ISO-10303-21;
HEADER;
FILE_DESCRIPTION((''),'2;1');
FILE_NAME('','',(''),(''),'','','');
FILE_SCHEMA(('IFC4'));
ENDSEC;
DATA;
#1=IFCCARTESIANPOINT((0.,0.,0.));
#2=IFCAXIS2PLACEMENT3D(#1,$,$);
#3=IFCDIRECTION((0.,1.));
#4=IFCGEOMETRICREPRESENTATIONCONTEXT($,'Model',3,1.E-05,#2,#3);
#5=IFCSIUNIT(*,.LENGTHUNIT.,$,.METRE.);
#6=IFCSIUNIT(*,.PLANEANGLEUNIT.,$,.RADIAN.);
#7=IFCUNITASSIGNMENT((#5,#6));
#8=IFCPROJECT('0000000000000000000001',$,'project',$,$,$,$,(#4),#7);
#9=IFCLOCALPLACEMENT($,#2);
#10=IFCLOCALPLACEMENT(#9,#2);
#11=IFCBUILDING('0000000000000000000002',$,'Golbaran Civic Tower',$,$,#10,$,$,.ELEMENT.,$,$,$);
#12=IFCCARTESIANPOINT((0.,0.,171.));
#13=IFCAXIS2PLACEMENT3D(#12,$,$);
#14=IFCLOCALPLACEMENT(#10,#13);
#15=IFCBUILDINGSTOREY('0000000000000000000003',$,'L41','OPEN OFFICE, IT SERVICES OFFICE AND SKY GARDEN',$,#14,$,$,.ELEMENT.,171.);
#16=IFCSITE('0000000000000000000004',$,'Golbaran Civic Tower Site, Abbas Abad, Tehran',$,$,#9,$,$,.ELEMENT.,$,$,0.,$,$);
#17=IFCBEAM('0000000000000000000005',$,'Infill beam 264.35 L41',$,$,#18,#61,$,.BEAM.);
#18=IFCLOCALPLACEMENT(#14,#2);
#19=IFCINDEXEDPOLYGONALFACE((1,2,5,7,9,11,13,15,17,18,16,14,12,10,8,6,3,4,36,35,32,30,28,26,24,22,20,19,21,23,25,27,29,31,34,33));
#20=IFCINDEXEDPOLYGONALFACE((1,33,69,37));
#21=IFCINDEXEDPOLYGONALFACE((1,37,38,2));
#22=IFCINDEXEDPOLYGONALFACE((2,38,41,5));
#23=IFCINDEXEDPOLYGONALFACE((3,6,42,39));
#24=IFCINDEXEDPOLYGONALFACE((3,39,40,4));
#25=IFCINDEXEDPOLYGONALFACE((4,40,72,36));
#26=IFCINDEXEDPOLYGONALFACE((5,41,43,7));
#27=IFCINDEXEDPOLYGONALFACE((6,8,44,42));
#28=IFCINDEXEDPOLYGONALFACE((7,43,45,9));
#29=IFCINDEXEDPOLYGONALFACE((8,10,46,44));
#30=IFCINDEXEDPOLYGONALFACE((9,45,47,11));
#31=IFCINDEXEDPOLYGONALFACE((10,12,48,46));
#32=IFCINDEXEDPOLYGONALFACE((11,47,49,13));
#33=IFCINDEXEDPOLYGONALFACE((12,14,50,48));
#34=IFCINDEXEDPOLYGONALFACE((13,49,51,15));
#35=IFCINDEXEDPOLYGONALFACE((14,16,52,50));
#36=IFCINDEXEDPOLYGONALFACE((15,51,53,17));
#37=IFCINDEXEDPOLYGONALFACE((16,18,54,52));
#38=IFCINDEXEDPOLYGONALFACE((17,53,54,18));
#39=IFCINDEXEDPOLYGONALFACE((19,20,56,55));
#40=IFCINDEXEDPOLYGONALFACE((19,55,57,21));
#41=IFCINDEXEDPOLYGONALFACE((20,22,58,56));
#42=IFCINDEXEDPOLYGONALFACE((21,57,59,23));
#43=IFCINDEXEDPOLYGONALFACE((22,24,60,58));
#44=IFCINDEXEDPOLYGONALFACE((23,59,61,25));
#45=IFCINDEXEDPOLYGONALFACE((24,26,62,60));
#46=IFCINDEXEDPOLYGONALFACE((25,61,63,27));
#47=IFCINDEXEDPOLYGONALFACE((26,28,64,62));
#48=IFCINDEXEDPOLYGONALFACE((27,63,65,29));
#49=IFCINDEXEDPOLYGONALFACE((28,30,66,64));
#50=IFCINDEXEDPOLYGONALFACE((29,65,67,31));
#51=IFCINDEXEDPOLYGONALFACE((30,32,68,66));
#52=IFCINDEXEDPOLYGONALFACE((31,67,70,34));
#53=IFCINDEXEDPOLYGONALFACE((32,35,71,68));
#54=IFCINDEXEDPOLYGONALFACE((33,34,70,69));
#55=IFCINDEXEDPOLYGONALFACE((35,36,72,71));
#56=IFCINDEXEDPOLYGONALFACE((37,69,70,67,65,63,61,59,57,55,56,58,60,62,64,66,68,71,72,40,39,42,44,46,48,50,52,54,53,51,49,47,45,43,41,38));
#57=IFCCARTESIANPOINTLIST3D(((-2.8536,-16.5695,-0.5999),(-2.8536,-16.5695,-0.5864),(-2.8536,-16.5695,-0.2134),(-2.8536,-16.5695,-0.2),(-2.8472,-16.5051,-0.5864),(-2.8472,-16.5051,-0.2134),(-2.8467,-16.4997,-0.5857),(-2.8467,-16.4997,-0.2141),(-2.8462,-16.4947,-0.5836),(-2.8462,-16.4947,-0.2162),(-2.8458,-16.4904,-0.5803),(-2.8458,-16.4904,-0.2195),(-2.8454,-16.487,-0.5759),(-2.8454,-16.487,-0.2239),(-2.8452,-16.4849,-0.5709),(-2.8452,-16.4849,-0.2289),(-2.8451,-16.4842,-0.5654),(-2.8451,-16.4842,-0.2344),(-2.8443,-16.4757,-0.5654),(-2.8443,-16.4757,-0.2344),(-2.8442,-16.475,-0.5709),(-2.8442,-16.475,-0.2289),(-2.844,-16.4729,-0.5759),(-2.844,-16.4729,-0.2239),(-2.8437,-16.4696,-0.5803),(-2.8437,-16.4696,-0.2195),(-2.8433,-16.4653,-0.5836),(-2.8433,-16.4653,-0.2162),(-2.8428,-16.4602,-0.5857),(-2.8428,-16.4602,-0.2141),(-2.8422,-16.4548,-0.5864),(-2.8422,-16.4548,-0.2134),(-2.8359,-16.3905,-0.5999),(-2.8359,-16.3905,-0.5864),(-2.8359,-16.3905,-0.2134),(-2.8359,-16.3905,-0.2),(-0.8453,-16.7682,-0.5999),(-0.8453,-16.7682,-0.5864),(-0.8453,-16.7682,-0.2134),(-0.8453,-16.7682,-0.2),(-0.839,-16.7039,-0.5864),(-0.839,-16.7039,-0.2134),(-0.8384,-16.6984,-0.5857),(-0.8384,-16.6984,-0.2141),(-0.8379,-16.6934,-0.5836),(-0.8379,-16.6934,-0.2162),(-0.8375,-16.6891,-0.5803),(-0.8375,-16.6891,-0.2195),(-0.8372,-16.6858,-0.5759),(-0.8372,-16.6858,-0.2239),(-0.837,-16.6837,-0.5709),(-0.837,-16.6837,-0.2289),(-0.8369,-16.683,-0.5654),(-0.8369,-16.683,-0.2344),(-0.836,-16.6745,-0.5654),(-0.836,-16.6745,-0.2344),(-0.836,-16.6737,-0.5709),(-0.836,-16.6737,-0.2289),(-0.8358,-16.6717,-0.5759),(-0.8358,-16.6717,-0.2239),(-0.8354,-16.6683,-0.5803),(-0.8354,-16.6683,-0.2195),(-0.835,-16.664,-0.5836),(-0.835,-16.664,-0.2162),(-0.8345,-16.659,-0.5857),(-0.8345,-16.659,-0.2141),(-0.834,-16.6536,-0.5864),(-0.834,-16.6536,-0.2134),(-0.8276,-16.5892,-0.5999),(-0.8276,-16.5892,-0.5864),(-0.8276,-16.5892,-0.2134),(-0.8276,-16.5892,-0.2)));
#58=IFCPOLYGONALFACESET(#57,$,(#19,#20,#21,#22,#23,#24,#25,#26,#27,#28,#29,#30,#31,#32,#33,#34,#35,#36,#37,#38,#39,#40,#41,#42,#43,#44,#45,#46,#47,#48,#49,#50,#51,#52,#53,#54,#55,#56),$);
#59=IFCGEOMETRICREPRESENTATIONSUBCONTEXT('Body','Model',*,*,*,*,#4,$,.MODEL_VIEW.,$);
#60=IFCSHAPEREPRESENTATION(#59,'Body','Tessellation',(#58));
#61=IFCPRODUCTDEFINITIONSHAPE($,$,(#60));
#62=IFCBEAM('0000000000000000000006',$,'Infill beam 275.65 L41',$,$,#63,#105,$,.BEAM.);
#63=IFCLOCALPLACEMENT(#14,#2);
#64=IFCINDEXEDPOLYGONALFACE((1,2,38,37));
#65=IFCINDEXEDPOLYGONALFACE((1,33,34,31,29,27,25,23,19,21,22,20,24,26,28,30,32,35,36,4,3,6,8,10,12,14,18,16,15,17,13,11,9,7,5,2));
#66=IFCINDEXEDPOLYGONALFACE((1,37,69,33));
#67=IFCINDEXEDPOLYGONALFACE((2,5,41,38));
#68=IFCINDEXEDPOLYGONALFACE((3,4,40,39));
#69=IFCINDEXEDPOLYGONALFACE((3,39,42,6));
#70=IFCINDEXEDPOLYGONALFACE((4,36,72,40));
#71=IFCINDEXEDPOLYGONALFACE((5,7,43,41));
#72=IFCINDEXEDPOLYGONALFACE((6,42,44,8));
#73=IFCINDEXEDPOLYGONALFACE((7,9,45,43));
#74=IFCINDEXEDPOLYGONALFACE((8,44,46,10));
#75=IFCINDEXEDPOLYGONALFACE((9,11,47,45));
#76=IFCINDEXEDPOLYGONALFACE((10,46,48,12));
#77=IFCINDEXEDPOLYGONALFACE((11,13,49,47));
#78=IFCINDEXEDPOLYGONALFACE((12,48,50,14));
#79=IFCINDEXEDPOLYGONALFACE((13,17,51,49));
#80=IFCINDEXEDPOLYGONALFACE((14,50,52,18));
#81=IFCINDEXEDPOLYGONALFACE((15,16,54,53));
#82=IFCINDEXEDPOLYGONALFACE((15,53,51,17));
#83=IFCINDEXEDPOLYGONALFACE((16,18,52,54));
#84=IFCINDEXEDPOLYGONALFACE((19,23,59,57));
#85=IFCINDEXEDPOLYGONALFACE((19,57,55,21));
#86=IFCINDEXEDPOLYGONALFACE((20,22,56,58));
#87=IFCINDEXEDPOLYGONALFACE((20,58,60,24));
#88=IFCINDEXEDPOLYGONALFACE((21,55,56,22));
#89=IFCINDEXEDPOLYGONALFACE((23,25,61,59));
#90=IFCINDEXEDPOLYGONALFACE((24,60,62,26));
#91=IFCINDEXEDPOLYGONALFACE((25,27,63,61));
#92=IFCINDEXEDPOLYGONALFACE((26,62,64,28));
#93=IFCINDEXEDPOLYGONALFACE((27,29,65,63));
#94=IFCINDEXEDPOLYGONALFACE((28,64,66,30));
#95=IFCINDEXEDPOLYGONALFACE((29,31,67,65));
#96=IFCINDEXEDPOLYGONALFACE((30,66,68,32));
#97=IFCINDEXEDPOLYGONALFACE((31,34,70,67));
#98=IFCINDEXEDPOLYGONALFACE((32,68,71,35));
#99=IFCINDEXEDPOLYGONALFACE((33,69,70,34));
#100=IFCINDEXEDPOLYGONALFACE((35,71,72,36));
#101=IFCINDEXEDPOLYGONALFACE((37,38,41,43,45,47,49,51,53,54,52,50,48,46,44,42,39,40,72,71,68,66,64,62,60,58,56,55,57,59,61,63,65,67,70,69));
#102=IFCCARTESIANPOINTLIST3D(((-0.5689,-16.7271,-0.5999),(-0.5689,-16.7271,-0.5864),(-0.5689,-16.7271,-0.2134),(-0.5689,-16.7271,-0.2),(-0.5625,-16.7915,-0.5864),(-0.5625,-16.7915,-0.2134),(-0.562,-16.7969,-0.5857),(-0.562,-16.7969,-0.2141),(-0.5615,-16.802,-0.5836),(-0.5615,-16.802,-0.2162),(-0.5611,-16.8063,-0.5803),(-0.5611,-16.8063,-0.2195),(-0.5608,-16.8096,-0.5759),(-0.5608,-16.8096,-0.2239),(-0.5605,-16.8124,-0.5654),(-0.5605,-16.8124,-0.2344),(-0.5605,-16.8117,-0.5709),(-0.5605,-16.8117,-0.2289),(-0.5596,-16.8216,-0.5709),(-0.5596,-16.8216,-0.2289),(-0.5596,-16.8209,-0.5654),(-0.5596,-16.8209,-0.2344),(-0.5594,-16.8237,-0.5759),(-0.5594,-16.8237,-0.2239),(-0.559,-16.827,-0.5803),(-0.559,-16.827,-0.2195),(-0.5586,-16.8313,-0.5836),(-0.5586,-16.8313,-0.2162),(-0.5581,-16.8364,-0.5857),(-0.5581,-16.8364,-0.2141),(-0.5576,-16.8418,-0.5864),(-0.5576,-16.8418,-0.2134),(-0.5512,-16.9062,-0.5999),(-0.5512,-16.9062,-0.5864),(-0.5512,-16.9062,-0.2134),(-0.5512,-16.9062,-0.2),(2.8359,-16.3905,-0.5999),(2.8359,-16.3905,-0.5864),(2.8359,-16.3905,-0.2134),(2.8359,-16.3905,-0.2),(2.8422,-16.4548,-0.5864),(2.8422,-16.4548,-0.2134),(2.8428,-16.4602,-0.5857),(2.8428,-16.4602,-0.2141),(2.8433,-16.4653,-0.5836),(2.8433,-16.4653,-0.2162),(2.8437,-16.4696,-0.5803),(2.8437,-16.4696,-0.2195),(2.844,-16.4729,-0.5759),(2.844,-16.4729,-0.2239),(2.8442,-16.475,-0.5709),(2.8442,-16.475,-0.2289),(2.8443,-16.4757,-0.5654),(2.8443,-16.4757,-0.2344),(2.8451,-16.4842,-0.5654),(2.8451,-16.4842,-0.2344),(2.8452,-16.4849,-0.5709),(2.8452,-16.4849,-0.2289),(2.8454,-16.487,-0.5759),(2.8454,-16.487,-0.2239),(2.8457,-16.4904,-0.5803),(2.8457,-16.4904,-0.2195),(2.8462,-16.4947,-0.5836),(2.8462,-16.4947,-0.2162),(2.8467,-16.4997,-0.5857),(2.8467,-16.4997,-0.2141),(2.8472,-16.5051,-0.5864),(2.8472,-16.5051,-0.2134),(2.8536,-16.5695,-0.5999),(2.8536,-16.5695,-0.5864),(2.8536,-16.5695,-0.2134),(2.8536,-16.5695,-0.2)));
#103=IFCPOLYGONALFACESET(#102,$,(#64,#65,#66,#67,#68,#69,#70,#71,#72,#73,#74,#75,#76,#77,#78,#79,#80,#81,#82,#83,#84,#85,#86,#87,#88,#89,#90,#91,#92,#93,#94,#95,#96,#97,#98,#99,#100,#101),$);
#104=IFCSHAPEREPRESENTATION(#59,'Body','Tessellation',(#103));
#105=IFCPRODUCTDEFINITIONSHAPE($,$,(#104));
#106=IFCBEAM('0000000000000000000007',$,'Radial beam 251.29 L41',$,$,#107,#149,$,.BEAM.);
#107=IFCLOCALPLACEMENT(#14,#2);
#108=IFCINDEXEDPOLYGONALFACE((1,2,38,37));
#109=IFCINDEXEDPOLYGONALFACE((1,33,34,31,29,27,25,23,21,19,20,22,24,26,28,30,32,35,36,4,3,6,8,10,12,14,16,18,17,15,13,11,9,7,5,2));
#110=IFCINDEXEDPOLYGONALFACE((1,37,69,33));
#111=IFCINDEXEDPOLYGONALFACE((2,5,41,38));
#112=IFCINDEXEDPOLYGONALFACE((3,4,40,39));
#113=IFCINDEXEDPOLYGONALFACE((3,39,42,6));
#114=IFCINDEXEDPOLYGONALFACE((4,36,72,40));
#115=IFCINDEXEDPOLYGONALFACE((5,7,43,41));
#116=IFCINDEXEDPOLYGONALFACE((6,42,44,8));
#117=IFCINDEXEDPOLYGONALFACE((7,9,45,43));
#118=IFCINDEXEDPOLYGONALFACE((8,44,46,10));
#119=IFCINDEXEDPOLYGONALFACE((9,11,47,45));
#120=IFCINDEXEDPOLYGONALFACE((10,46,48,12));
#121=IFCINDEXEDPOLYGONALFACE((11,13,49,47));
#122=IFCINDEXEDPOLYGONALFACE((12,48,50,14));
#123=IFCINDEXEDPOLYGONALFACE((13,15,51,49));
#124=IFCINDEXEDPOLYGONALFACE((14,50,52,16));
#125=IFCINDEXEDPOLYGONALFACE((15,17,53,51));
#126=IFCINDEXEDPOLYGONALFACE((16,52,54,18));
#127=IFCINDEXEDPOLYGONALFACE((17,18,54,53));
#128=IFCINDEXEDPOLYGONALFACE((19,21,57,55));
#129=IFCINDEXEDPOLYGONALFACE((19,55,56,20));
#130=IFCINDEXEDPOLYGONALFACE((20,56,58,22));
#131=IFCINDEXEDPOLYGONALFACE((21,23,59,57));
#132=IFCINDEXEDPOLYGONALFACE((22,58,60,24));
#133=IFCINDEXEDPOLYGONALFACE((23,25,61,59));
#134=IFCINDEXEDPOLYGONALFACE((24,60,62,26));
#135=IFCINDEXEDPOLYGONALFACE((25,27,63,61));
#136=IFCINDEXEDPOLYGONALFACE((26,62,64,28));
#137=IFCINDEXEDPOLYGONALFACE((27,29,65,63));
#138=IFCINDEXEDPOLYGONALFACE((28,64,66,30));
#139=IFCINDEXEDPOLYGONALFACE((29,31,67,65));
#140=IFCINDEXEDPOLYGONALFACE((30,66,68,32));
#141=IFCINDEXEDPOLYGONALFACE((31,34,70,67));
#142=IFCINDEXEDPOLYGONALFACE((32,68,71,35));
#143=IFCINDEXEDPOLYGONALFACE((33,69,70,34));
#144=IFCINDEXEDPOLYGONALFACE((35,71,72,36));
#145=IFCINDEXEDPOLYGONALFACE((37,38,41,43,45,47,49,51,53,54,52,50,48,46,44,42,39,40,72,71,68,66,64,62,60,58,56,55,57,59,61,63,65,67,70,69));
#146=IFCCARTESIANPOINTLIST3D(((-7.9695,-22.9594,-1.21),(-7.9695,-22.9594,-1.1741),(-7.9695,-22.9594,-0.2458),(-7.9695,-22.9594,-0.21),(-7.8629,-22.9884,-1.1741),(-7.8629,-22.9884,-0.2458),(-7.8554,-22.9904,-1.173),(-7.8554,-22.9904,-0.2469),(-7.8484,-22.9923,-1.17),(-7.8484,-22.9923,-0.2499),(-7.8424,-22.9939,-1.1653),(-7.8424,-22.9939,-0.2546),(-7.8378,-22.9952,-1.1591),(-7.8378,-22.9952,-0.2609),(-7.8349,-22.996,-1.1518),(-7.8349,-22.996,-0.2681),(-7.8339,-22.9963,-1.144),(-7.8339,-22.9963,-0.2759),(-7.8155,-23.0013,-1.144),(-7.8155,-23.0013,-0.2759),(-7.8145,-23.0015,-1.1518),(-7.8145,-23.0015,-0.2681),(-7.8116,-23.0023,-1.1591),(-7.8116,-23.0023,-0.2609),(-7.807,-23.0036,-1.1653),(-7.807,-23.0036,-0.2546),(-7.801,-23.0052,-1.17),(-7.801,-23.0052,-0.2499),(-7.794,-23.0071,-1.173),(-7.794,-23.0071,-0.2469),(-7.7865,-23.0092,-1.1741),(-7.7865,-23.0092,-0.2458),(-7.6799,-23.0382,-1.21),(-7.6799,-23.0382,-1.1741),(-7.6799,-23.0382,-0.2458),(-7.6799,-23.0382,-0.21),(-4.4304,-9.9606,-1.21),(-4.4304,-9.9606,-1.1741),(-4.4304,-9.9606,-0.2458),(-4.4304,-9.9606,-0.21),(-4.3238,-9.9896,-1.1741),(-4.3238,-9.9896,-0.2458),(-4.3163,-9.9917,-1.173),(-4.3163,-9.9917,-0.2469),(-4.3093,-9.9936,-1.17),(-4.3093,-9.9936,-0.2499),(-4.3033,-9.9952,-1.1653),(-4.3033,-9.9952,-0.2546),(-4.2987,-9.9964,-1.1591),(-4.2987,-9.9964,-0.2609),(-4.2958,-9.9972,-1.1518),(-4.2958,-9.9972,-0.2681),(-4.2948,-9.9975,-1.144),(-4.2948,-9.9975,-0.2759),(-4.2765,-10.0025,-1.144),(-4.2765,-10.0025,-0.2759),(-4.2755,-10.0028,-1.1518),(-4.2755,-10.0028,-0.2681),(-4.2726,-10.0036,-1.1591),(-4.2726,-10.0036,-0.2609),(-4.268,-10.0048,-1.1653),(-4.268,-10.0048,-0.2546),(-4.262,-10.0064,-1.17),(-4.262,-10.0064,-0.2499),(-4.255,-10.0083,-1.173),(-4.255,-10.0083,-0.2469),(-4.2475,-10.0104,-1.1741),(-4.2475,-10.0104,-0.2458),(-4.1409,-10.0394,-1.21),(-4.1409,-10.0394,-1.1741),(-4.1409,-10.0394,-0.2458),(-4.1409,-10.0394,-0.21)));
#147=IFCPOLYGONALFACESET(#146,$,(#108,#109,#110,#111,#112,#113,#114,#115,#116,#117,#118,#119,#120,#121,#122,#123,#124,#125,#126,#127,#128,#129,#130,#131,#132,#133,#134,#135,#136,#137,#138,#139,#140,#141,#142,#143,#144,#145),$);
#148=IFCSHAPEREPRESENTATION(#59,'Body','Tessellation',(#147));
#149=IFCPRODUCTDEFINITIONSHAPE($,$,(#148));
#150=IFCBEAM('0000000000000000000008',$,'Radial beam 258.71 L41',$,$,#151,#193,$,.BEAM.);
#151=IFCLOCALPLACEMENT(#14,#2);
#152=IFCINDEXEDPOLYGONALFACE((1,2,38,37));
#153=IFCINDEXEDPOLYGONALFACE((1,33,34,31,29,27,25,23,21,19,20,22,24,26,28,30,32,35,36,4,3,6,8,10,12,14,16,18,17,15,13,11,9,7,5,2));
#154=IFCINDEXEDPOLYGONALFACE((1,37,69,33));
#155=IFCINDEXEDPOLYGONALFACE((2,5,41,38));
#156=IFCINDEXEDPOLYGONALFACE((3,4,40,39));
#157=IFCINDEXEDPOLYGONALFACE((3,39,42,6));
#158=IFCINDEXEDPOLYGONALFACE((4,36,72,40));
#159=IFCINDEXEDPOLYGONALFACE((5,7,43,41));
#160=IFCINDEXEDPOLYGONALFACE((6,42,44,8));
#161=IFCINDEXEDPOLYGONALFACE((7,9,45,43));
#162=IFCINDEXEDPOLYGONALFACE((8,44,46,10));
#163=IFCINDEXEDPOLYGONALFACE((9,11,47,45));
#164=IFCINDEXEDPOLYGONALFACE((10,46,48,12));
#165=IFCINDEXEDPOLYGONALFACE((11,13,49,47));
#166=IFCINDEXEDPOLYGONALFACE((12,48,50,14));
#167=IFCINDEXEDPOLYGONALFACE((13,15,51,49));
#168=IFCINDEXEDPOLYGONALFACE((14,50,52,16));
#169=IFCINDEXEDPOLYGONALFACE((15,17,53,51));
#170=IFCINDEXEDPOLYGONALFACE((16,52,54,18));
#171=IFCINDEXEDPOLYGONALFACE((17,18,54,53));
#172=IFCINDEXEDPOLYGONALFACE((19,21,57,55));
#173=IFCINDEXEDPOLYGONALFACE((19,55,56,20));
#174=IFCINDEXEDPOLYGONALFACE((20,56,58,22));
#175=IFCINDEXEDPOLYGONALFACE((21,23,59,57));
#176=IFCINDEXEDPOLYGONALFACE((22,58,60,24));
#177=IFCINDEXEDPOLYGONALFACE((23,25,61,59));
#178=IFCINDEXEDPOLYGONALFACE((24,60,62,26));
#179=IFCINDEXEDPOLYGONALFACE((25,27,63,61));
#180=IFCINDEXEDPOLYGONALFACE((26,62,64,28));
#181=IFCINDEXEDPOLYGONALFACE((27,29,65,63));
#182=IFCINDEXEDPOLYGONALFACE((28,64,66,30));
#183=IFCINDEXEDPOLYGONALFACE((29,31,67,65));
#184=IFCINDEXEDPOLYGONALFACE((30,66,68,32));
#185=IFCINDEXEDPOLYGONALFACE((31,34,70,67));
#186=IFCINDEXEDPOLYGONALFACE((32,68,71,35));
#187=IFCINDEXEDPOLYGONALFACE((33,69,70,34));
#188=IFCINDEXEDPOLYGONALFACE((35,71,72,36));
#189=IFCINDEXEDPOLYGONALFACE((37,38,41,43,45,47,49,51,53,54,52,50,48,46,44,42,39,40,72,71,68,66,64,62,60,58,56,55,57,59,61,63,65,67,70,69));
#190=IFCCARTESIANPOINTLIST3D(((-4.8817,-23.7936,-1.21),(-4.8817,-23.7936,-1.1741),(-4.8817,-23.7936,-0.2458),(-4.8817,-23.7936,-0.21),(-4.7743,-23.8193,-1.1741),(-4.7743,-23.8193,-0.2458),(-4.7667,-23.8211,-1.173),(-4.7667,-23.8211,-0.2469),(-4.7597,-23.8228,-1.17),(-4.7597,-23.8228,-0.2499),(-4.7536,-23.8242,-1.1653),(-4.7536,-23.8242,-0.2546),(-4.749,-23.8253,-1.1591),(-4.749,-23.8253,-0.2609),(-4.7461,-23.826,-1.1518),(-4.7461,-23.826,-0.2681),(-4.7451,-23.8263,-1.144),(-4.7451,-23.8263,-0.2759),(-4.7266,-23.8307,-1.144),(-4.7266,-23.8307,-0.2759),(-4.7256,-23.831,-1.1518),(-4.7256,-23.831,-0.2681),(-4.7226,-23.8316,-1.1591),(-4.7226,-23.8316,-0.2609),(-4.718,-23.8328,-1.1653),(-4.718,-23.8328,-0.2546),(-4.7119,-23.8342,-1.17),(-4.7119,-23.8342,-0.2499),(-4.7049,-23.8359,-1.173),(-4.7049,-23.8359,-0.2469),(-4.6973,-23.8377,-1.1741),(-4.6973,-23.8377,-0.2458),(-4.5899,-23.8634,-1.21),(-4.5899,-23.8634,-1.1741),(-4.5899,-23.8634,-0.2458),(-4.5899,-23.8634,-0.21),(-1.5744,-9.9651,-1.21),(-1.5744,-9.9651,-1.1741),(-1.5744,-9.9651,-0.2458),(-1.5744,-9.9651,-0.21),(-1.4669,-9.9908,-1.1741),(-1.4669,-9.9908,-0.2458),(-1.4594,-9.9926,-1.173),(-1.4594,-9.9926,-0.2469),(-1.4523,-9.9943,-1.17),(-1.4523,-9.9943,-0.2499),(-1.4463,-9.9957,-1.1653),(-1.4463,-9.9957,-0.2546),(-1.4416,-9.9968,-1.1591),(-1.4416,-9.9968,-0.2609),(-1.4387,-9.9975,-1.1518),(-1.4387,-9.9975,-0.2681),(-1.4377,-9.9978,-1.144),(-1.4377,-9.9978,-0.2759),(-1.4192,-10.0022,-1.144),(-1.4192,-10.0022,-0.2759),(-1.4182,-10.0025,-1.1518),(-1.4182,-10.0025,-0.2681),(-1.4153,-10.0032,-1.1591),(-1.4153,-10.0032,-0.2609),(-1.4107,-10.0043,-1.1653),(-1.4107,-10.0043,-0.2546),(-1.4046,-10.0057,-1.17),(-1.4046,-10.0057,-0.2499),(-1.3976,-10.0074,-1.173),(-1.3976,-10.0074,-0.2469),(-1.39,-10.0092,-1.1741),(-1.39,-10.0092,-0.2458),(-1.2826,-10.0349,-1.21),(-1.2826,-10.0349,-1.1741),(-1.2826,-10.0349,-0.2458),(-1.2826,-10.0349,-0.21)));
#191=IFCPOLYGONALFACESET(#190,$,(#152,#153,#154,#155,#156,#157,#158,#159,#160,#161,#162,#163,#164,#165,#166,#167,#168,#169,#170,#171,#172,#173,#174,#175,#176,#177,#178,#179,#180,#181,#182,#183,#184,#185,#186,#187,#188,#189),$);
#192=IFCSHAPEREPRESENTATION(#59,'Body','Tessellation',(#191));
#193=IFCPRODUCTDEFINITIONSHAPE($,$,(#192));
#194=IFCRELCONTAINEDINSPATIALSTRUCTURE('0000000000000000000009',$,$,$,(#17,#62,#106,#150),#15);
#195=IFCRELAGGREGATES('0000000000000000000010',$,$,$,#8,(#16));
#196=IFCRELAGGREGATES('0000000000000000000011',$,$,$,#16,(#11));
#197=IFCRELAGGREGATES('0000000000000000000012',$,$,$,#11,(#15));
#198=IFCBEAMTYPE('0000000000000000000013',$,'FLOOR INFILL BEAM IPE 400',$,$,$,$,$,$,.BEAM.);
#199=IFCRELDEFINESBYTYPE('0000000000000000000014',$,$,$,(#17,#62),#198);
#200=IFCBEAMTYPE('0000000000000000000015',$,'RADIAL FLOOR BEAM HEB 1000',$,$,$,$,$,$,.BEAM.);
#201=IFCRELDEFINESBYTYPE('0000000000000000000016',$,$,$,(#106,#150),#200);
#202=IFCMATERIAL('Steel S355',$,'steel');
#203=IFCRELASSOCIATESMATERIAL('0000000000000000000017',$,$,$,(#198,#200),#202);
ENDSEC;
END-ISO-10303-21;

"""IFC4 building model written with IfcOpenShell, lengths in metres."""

from ifc_helpers import new_model, si_unit, direction, frame, origin, origin_2d, place, context, subcontext, project, spatial, i_section, extrude, material, material_profile, profile_set, type_object, element, save


model = new_model("IFC4")

# Units and contexts
model_context = context("Model", 3, precision=1e-05, world=origin(), true_north=direction((0.0, 1.0)))
body_context = subcontext(model_context, "Body", "Model", "MODEL_VIEW")
ifc_project = project(units=[si_unit("LENGTHUNIT", "METRE"), si_unit("PLANEANGLEUNIT", "RADIAN")], contexts=[model_context])

# Site, building, storey
site_placement = place(None, origin())
site = spatial("IfcSite", under=ifc_project, at=site_placement, Name="Golbaran Civic Tower Site, Abbas Abad, Tehran", CompositionType="ELEMENT", RefElevation=0.0)
building_placement = place(site_placement, origin())
building = spatial("IfcBuilding", under=site, at=building_placement, Name="Golbaran Civic Tower", CompositionType="ELEMENT")
storey_placement = place(building_placement, frame((0.0, 0.0, 171.0)))
storey = spatial("IfcBuildingStorey", under=building, at=storey_placement, Name="L41", Description="OPEN OFFICE, IT SERVICES OFFICE AND SKY GARDEN", CompositionType="ELEMENT", Elevation=171.0)

# Beams
ifc_material_1 = material(Name="Steel S355", Category="steel")
ifc_material_profile_1 = material_profile(ifc_material_1, i_section(OverallWidth=0.1799, OverallDepth=0.3999, WebThickness=0.0085, FlangeThickness=0.0134, FilletRadius=0.021, at=origin_2d()), Name="IPE 400")
ifc_profile_set_1 = profile_set([ifc_material_profile_1], Name="Steel S355")
beam_type_1 = type_object("IfcBeamType", Name="FLOOR INFILL BEAM IPE 400", PredefinedType="BEAM", material=ifc_profile_set_1)
beam_1_placement = place(storey_placement, frame((-2.8447, -16.48, -0.3999), z_axis=(0.99514, -0.098474, 0.0), x_axis=(0.098474, 0.99514, 0.0)))
element("IfcBeam", 1, at=beam_1_placement, inside=storey, type_object=beam_type_1, Name="Infill beam 264.35 L41", PredefinedType="BEAM", context=body_context, shape_type="SweptSolid", body=[
    extrude(i_section(OverallWidth=0.1799, OverallDepth=0.3999, WebThickness=0.0085, FlangeThickness=0.0134, FilletRadius=0.021, at=origin_2d()), origin(), (0.0, 0.0, 1.0), 2.0181),
])
beam_2_placement = place(storey_placement, frame((-0.5601, -16.8167, -0.3999), z_axis=(0.995147, 0.098402, 0.0), x_axis=(-0.098402, 0.995147, 0.0)))
element("IfcBeam", 2, at=beam_2_placement, inside=storey, type_object=beam_type_1, Name="Infill beam 275.65 L41", PredefinedType="BEAM", context=body_context, shape_type="SweptSolid", body=[
    extrude(i_section(OverallWidth=0.1799, OverallDepth=0.3999, WebThickness=0.0085, FlangeThickness=0.0134, FilletRadius=0.021, at=origin_2d()), origin(), (0.0, 0.0, 1.0), 3.4214),
])
ifc_material_profile_2 = material_profile(ifc_material_1, i_section(OverallWidth=0.3, OverallDepth=1.0, WebThickness=0.019, FlangeThickness=0.0359, FilletRadius=0.03, at=origin_2d()), Name="HEB 1000")
ifc_profile_set_2 = profile_set([ifc_material_profile_2], Name="Steel S355")
beam_type_2 = type_object("IfcBeamType", Name="RADIAL FLOOR BEAM HEB 1000", PredefinedType="BEAM", material=ifc_profile_set_2)
beam_3_placement = place(storey_placement, frame((-4.2856, -10.0, -0.71), z_axis=(-0.262699, -0.964878, 0.0), x_axis=(0.964878, -0.262699, 0.0)))
element("IfcBeam", 3, at=beam_3_placement, inside=storey, type_object=beam_type_2, Name="Radial beam 251.29 L41", PredefinedType="BEAM", context=body_context, shape_type="SweptSolid", body=[
    extrude(i_section(OverallWidth=0.3, OverallDepth=1.0, WebThickness=0.019, FlangeThickness=0.0359, FilletRadius=0.03, at=origin_2d()), origin(), (0.0, 0.0, 1.0), 13.4719),
])
beam_4_placement = place(storey_placement, frame((-1.4285, -10.0, -0.71), z_axis=(-0.232609, -0.97257, 0.0), x_axis=(0.97257, -0.232609, 0.0)))
element("IfcBeam", 4, at=beam_4_placement, inside=storey, type_object=beam_type_2, Name="Radial beam 258.71 L41", PredefinedType="BEAM", context=body_context, shape_type="SweptSolid", body=[
    extrude(i_section(OverallWidth=0.3, OverallDepth=1.0, WebThickness=0.019, FlangeThickness=0.0359, FilletRadius=0.03, at=origin_2d()), origin(), (0.0, 0.0, 1.0), 14.2185),
])

save(model, "model.ifc")
